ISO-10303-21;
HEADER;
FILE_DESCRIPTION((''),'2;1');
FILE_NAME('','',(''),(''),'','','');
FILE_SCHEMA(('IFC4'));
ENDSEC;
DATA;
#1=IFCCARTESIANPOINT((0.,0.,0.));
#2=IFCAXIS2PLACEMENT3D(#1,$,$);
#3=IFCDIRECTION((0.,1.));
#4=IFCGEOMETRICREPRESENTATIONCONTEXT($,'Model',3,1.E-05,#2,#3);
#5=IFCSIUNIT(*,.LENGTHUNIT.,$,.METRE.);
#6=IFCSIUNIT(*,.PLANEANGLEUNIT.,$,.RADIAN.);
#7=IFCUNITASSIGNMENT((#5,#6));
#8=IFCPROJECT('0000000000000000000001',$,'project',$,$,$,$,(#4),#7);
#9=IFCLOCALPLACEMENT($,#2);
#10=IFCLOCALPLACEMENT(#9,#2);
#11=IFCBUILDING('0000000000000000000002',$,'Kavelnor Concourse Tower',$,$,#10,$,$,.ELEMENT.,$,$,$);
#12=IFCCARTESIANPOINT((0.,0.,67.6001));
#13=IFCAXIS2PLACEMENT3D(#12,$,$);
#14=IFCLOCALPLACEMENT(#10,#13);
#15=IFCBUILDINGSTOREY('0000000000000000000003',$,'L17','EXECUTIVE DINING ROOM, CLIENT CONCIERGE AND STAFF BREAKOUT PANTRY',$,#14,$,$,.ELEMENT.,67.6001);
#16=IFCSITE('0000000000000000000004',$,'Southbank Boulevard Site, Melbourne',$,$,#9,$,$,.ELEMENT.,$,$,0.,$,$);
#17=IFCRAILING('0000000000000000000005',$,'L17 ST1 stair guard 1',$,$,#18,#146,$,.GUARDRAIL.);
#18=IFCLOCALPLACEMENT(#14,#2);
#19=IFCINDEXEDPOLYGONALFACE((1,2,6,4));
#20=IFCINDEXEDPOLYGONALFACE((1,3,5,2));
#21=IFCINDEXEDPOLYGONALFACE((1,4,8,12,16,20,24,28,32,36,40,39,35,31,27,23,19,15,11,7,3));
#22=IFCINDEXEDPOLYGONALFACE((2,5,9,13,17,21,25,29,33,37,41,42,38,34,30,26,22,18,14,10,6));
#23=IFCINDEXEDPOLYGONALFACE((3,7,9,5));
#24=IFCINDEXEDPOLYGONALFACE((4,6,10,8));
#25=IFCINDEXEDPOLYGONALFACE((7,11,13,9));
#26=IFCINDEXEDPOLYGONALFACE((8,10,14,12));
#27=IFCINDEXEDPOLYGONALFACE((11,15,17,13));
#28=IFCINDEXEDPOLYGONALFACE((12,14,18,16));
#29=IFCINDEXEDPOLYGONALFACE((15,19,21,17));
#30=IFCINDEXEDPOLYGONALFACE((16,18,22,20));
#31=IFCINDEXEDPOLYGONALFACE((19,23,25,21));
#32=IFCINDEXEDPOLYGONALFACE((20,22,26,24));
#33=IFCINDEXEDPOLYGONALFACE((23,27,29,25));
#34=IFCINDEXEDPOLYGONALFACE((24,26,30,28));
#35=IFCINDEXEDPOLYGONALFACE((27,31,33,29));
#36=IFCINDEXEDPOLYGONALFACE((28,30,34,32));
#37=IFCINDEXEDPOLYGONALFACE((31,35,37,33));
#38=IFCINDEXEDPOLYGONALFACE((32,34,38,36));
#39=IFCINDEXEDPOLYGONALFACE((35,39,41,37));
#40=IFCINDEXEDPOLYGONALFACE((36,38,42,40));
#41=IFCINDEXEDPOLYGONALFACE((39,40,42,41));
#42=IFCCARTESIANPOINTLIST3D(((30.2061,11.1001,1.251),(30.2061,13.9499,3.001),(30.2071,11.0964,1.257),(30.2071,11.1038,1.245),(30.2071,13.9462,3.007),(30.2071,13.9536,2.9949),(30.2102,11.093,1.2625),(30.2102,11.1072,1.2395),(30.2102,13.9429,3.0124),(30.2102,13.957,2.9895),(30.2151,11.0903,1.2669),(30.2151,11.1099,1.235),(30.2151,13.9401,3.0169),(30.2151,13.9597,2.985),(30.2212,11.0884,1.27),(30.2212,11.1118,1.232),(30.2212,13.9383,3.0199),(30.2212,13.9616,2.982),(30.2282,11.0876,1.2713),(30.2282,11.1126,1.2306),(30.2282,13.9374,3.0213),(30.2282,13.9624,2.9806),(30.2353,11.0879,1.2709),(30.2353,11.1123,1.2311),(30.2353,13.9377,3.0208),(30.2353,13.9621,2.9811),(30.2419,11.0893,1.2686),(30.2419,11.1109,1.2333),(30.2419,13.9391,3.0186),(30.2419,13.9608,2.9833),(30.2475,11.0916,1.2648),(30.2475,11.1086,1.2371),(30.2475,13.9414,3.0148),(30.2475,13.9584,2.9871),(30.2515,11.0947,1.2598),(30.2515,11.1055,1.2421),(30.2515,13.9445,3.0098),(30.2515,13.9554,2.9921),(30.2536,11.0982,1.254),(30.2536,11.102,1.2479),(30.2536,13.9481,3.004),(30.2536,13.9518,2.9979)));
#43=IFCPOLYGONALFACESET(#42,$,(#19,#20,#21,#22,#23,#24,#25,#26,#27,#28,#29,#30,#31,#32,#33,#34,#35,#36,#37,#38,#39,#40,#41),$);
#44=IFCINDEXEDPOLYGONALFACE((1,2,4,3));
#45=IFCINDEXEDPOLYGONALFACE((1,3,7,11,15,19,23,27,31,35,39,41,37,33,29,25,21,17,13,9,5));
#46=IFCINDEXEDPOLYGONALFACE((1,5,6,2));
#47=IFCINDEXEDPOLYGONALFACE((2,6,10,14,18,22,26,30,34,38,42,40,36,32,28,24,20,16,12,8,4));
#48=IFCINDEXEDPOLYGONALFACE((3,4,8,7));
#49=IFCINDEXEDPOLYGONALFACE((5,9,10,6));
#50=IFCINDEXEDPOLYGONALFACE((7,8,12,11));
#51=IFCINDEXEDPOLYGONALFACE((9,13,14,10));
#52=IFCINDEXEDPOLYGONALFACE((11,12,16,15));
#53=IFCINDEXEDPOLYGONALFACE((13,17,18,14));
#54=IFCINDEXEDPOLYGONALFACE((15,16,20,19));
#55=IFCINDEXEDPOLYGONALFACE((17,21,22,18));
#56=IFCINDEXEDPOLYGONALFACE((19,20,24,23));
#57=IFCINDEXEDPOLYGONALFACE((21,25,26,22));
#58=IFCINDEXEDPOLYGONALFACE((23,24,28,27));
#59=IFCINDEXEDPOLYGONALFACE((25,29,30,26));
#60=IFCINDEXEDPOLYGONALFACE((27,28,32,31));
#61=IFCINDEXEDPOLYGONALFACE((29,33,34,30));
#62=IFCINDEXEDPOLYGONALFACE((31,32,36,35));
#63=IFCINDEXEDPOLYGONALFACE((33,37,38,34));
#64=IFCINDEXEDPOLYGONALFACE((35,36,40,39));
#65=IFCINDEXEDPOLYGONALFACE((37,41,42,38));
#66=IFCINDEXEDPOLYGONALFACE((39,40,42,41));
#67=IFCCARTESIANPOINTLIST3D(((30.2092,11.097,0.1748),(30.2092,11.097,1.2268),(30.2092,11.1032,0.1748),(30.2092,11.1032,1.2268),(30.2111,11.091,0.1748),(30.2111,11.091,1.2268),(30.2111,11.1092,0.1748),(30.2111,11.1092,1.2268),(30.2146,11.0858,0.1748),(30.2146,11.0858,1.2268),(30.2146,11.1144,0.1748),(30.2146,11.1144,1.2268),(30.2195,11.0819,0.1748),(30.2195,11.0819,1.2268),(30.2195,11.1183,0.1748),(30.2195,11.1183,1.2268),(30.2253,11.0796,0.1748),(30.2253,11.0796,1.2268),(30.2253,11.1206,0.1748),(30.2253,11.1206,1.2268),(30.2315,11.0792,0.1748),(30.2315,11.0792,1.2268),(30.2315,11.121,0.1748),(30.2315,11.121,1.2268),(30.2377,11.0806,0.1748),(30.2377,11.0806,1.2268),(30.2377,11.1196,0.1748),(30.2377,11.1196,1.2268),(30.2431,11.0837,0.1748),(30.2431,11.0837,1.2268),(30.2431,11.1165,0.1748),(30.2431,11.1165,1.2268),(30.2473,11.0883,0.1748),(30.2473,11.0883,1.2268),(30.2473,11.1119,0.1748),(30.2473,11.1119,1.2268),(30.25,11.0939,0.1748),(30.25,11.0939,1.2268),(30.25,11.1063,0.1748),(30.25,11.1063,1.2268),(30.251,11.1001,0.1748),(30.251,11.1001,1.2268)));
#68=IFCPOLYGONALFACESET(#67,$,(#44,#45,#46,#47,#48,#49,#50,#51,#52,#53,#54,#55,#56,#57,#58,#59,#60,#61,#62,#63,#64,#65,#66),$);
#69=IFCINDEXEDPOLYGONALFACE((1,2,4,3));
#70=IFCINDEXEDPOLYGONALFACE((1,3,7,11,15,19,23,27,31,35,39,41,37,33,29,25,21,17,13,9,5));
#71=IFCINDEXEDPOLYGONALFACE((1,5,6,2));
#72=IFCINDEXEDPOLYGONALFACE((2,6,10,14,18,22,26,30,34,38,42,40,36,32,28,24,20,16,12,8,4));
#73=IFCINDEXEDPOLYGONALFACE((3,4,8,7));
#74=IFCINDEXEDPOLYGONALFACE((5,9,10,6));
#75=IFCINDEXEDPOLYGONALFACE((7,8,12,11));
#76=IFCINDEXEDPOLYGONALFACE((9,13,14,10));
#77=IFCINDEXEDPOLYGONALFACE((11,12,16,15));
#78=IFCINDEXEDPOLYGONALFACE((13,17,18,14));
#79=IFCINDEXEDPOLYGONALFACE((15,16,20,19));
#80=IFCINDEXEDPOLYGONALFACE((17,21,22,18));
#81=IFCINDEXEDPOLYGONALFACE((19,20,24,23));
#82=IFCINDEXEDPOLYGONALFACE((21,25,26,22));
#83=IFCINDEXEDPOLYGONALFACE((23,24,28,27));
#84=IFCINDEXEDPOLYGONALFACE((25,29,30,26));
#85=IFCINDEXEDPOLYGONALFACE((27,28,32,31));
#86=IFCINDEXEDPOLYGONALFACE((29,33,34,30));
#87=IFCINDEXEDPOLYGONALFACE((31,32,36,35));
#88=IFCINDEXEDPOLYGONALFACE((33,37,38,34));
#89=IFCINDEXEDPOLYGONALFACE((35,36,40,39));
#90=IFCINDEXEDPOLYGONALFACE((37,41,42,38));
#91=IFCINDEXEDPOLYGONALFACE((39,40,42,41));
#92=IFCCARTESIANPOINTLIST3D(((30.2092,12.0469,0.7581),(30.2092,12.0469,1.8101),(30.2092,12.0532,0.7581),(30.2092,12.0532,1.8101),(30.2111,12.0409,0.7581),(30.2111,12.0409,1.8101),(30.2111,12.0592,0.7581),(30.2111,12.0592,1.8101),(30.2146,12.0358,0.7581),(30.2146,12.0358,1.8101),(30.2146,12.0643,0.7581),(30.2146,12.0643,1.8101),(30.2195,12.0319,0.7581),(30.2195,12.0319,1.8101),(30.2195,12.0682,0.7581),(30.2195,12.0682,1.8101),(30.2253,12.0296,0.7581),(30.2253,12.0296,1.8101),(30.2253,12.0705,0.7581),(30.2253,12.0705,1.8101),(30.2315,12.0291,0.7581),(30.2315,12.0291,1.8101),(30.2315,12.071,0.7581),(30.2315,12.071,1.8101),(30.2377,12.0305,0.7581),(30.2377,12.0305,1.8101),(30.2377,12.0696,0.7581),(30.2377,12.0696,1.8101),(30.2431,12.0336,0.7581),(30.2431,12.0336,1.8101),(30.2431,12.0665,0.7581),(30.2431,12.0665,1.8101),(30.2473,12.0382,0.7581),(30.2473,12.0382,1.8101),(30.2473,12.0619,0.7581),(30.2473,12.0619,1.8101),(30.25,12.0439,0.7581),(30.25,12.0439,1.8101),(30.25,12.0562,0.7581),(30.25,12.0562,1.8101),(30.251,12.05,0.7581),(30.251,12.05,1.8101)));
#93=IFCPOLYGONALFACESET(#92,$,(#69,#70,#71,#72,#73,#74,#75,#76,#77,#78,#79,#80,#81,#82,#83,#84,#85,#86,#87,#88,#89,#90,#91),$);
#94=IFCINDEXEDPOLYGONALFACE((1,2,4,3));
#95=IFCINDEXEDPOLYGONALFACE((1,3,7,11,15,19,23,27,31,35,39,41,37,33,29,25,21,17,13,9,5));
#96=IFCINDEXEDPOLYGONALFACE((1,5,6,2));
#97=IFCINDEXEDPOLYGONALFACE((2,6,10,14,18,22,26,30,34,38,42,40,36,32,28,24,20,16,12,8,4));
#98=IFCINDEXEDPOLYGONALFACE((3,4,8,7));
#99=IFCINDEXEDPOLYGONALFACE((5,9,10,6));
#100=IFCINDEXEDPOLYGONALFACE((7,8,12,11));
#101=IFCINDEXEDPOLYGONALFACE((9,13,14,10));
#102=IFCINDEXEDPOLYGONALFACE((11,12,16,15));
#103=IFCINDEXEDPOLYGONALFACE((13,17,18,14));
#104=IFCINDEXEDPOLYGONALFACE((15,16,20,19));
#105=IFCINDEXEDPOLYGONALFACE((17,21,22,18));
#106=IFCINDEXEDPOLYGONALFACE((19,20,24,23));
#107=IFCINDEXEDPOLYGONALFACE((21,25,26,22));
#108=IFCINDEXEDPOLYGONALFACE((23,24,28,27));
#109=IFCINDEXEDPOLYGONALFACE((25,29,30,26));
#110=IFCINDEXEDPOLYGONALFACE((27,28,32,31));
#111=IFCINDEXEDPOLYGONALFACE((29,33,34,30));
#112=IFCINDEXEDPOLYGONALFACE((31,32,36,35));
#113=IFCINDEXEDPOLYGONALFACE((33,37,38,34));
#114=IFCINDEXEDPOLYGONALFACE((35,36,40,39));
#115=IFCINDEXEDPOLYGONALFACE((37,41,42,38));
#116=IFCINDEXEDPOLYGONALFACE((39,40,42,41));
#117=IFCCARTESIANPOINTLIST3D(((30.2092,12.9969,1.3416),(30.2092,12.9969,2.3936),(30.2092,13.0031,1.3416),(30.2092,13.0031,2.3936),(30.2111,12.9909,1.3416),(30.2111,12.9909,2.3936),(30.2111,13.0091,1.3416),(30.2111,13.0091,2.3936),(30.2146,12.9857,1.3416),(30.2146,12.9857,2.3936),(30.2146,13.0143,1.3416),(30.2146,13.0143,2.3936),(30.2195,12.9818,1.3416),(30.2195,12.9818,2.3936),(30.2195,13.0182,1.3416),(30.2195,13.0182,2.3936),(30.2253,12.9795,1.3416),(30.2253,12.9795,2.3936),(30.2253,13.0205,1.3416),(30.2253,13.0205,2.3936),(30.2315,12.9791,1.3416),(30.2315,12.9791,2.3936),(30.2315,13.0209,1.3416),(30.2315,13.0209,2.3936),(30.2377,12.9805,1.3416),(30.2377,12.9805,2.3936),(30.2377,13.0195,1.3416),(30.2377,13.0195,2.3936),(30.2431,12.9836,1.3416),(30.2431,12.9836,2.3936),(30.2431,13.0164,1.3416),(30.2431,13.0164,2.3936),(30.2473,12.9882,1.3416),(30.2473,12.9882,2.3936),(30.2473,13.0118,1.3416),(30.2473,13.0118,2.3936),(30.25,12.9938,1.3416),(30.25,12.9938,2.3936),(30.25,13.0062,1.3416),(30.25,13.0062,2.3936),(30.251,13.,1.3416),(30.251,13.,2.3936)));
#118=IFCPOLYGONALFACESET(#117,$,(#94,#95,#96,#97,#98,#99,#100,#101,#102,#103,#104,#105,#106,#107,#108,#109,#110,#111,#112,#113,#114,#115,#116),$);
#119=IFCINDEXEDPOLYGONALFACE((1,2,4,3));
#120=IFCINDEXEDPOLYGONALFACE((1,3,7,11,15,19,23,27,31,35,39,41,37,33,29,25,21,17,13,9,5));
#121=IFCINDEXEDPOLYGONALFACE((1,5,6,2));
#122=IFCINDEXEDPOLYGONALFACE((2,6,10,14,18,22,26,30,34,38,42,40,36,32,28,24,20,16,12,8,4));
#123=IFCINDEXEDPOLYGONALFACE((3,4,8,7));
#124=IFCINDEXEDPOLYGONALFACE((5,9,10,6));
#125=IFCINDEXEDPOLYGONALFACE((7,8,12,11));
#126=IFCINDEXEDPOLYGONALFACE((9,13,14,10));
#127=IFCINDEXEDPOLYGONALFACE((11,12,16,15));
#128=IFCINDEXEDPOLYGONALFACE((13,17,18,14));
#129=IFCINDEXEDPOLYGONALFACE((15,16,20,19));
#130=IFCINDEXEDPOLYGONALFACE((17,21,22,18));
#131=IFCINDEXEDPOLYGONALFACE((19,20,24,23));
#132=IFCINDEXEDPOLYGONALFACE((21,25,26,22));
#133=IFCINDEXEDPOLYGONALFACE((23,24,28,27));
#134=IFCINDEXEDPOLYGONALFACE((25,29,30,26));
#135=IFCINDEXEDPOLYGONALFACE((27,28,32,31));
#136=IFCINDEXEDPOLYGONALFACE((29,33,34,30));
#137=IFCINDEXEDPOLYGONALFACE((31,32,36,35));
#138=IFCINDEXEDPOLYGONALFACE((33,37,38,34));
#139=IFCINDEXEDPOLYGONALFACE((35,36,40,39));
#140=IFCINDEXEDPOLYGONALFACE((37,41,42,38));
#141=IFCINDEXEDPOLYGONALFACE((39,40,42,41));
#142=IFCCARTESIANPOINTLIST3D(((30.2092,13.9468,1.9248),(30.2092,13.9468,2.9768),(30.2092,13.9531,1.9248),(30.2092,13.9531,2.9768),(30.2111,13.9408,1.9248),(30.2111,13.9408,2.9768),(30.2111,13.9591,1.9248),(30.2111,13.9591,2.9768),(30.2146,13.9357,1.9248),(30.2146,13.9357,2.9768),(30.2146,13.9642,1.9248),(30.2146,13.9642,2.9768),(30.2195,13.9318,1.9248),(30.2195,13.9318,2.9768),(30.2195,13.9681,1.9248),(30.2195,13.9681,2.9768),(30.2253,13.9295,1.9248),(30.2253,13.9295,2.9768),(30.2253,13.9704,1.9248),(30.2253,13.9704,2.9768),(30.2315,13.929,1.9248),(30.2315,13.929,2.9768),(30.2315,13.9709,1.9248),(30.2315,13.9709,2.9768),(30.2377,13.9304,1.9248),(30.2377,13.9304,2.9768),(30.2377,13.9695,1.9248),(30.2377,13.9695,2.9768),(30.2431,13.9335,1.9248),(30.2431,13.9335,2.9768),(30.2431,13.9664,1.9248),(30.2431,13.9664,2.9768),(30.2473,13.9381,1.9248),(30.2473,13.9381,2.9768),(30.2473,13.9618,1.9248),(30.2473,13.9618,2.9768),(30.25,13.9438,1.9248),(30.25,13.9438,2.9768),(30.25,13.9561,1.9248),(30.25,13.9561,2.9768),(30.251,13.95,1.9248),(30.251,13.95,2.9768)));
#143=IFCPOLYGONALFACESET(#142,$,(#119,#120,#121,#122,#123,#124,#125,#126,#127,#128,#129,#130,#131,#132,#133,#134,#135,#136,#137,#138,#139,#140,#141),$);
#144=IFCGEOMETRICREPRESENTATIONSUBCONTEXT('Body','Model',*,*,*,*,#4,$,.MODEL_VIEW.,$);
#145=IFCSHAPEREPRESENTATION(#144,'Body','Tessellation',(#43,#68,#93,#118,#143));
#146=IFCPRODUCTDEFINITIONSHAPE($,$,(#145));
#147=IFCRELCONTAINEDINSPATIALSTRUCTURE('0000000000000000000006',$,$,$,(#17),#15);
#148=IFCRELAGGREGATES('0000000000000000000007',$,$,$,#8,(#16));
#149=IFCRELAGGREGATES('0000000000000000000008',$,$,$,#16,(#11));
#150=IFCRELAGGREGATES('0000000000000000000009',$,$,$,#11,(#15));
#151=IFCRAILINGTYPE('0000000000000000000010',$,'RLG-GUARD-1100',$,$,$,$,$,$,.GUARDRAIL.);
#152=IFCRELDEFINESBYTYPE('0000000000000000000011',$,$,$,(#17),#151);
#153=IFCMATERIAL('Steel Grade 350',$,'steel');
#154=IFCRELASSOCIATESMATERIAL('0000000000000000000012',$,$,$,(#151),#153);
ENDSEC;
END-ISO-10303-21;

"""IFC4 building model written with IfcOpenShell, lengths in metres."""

from ifc_helpers import new_model, si_unit, direction, frame, origin, origin_2d, place, context, subcontext, project, spatial, circle, extrude, material, type_object, element, save


model = new_model("IFC4")

# Units and contexts
model_context = context("Model", 3, precision=1e-05, world=origin(), true_north=direction((0.0, 1.0)))
body_context = subcontext(model_context, "Body", "Model", "MODEL_VIEW")
ifc_project = project(units=[si_unit("LENGTHUNIT", "METRE"), si_unit("PLANEANGLEUNIT", "RADIAN")], contexts=[model_context])

# Site, building, storey
site_placement = place(None, origin())
site = spatial("IfcSite", under=ifc_project, at=site_placement, Name="Southbank Boulevard Site, Melbourne", CompositionType="ELEMENT", RefElevation=0.0)
building_placement = place(site_placement, origin())
building = spatial("IfcBuilding", under=site, at=building_placement, Name="Kavelnor Concourse Tower", CompositionType="ELEMENT")
storey_placement = place(building_placement, frame((0.0, 0.0, 67.6001)))
storey = spatial("IfcBuildingStorey", under=building, at=storey_placement, Name="L17", Description="EXECUTIVE DINING ROOM, CLIENT CONCIERGE AND STAFF BREAKOUT PANTRY", CompositionType="ELEMENT", Elevation=67.6001)

# Shared definitions
ifc_material_1 = material(Name="Steel Grade 350", Category="steel")

# Railing
railing_type_1 = type_object("IfcRailingType", Name="RLG-GUARD-1100", PredefinedType="GUARDRAIL", material=ifc_material_1)
railing_1_placement = place(storey_placement, frame((30.23, 11.1001, 0.1748)))
element("IfcRailing", 1, at=railing_1_placement, inside=storey, type_object=railing_type_1, Name="L17 ST1 stair guard 1", PredefinedType="GUARDRAIL", context=body_context, shape_type="SweptSolid", body=[
    extrude(circle(Radius=0.0239, at=origin_2d()), frame((0.0, 0.0, 1.0762), z_axis=(0.0, 0.852159, 0.523283), x_axis=(-1.0, 0.0, 0.0)), (0.0, 0.0, 1.0), 3.3442),
    extrude(circle(Radius=0.021, at=origin_2d()), origin(), (0.0, 0.0, 1.0), 1.052),
    extrude(circle(Radius=0.021, at=origin_2d()), frame((0.0, 0.95, 0.5833)), (0.0, 0.0, 1.0), 1.052),
    extrude(circle(Radius=0.021, at=origin_2d()), frame((0.0, 1.8999, 1.1667)), (0.0, 0.0, 1.0), 1.052),
    extrude(circle(Radius=0.021, at=origin_2d()), frame((0.0, 2.8499, 1.75)), (0.0, 0.0, 1.0), 1.052),
])

save(model, "model.ifc")
